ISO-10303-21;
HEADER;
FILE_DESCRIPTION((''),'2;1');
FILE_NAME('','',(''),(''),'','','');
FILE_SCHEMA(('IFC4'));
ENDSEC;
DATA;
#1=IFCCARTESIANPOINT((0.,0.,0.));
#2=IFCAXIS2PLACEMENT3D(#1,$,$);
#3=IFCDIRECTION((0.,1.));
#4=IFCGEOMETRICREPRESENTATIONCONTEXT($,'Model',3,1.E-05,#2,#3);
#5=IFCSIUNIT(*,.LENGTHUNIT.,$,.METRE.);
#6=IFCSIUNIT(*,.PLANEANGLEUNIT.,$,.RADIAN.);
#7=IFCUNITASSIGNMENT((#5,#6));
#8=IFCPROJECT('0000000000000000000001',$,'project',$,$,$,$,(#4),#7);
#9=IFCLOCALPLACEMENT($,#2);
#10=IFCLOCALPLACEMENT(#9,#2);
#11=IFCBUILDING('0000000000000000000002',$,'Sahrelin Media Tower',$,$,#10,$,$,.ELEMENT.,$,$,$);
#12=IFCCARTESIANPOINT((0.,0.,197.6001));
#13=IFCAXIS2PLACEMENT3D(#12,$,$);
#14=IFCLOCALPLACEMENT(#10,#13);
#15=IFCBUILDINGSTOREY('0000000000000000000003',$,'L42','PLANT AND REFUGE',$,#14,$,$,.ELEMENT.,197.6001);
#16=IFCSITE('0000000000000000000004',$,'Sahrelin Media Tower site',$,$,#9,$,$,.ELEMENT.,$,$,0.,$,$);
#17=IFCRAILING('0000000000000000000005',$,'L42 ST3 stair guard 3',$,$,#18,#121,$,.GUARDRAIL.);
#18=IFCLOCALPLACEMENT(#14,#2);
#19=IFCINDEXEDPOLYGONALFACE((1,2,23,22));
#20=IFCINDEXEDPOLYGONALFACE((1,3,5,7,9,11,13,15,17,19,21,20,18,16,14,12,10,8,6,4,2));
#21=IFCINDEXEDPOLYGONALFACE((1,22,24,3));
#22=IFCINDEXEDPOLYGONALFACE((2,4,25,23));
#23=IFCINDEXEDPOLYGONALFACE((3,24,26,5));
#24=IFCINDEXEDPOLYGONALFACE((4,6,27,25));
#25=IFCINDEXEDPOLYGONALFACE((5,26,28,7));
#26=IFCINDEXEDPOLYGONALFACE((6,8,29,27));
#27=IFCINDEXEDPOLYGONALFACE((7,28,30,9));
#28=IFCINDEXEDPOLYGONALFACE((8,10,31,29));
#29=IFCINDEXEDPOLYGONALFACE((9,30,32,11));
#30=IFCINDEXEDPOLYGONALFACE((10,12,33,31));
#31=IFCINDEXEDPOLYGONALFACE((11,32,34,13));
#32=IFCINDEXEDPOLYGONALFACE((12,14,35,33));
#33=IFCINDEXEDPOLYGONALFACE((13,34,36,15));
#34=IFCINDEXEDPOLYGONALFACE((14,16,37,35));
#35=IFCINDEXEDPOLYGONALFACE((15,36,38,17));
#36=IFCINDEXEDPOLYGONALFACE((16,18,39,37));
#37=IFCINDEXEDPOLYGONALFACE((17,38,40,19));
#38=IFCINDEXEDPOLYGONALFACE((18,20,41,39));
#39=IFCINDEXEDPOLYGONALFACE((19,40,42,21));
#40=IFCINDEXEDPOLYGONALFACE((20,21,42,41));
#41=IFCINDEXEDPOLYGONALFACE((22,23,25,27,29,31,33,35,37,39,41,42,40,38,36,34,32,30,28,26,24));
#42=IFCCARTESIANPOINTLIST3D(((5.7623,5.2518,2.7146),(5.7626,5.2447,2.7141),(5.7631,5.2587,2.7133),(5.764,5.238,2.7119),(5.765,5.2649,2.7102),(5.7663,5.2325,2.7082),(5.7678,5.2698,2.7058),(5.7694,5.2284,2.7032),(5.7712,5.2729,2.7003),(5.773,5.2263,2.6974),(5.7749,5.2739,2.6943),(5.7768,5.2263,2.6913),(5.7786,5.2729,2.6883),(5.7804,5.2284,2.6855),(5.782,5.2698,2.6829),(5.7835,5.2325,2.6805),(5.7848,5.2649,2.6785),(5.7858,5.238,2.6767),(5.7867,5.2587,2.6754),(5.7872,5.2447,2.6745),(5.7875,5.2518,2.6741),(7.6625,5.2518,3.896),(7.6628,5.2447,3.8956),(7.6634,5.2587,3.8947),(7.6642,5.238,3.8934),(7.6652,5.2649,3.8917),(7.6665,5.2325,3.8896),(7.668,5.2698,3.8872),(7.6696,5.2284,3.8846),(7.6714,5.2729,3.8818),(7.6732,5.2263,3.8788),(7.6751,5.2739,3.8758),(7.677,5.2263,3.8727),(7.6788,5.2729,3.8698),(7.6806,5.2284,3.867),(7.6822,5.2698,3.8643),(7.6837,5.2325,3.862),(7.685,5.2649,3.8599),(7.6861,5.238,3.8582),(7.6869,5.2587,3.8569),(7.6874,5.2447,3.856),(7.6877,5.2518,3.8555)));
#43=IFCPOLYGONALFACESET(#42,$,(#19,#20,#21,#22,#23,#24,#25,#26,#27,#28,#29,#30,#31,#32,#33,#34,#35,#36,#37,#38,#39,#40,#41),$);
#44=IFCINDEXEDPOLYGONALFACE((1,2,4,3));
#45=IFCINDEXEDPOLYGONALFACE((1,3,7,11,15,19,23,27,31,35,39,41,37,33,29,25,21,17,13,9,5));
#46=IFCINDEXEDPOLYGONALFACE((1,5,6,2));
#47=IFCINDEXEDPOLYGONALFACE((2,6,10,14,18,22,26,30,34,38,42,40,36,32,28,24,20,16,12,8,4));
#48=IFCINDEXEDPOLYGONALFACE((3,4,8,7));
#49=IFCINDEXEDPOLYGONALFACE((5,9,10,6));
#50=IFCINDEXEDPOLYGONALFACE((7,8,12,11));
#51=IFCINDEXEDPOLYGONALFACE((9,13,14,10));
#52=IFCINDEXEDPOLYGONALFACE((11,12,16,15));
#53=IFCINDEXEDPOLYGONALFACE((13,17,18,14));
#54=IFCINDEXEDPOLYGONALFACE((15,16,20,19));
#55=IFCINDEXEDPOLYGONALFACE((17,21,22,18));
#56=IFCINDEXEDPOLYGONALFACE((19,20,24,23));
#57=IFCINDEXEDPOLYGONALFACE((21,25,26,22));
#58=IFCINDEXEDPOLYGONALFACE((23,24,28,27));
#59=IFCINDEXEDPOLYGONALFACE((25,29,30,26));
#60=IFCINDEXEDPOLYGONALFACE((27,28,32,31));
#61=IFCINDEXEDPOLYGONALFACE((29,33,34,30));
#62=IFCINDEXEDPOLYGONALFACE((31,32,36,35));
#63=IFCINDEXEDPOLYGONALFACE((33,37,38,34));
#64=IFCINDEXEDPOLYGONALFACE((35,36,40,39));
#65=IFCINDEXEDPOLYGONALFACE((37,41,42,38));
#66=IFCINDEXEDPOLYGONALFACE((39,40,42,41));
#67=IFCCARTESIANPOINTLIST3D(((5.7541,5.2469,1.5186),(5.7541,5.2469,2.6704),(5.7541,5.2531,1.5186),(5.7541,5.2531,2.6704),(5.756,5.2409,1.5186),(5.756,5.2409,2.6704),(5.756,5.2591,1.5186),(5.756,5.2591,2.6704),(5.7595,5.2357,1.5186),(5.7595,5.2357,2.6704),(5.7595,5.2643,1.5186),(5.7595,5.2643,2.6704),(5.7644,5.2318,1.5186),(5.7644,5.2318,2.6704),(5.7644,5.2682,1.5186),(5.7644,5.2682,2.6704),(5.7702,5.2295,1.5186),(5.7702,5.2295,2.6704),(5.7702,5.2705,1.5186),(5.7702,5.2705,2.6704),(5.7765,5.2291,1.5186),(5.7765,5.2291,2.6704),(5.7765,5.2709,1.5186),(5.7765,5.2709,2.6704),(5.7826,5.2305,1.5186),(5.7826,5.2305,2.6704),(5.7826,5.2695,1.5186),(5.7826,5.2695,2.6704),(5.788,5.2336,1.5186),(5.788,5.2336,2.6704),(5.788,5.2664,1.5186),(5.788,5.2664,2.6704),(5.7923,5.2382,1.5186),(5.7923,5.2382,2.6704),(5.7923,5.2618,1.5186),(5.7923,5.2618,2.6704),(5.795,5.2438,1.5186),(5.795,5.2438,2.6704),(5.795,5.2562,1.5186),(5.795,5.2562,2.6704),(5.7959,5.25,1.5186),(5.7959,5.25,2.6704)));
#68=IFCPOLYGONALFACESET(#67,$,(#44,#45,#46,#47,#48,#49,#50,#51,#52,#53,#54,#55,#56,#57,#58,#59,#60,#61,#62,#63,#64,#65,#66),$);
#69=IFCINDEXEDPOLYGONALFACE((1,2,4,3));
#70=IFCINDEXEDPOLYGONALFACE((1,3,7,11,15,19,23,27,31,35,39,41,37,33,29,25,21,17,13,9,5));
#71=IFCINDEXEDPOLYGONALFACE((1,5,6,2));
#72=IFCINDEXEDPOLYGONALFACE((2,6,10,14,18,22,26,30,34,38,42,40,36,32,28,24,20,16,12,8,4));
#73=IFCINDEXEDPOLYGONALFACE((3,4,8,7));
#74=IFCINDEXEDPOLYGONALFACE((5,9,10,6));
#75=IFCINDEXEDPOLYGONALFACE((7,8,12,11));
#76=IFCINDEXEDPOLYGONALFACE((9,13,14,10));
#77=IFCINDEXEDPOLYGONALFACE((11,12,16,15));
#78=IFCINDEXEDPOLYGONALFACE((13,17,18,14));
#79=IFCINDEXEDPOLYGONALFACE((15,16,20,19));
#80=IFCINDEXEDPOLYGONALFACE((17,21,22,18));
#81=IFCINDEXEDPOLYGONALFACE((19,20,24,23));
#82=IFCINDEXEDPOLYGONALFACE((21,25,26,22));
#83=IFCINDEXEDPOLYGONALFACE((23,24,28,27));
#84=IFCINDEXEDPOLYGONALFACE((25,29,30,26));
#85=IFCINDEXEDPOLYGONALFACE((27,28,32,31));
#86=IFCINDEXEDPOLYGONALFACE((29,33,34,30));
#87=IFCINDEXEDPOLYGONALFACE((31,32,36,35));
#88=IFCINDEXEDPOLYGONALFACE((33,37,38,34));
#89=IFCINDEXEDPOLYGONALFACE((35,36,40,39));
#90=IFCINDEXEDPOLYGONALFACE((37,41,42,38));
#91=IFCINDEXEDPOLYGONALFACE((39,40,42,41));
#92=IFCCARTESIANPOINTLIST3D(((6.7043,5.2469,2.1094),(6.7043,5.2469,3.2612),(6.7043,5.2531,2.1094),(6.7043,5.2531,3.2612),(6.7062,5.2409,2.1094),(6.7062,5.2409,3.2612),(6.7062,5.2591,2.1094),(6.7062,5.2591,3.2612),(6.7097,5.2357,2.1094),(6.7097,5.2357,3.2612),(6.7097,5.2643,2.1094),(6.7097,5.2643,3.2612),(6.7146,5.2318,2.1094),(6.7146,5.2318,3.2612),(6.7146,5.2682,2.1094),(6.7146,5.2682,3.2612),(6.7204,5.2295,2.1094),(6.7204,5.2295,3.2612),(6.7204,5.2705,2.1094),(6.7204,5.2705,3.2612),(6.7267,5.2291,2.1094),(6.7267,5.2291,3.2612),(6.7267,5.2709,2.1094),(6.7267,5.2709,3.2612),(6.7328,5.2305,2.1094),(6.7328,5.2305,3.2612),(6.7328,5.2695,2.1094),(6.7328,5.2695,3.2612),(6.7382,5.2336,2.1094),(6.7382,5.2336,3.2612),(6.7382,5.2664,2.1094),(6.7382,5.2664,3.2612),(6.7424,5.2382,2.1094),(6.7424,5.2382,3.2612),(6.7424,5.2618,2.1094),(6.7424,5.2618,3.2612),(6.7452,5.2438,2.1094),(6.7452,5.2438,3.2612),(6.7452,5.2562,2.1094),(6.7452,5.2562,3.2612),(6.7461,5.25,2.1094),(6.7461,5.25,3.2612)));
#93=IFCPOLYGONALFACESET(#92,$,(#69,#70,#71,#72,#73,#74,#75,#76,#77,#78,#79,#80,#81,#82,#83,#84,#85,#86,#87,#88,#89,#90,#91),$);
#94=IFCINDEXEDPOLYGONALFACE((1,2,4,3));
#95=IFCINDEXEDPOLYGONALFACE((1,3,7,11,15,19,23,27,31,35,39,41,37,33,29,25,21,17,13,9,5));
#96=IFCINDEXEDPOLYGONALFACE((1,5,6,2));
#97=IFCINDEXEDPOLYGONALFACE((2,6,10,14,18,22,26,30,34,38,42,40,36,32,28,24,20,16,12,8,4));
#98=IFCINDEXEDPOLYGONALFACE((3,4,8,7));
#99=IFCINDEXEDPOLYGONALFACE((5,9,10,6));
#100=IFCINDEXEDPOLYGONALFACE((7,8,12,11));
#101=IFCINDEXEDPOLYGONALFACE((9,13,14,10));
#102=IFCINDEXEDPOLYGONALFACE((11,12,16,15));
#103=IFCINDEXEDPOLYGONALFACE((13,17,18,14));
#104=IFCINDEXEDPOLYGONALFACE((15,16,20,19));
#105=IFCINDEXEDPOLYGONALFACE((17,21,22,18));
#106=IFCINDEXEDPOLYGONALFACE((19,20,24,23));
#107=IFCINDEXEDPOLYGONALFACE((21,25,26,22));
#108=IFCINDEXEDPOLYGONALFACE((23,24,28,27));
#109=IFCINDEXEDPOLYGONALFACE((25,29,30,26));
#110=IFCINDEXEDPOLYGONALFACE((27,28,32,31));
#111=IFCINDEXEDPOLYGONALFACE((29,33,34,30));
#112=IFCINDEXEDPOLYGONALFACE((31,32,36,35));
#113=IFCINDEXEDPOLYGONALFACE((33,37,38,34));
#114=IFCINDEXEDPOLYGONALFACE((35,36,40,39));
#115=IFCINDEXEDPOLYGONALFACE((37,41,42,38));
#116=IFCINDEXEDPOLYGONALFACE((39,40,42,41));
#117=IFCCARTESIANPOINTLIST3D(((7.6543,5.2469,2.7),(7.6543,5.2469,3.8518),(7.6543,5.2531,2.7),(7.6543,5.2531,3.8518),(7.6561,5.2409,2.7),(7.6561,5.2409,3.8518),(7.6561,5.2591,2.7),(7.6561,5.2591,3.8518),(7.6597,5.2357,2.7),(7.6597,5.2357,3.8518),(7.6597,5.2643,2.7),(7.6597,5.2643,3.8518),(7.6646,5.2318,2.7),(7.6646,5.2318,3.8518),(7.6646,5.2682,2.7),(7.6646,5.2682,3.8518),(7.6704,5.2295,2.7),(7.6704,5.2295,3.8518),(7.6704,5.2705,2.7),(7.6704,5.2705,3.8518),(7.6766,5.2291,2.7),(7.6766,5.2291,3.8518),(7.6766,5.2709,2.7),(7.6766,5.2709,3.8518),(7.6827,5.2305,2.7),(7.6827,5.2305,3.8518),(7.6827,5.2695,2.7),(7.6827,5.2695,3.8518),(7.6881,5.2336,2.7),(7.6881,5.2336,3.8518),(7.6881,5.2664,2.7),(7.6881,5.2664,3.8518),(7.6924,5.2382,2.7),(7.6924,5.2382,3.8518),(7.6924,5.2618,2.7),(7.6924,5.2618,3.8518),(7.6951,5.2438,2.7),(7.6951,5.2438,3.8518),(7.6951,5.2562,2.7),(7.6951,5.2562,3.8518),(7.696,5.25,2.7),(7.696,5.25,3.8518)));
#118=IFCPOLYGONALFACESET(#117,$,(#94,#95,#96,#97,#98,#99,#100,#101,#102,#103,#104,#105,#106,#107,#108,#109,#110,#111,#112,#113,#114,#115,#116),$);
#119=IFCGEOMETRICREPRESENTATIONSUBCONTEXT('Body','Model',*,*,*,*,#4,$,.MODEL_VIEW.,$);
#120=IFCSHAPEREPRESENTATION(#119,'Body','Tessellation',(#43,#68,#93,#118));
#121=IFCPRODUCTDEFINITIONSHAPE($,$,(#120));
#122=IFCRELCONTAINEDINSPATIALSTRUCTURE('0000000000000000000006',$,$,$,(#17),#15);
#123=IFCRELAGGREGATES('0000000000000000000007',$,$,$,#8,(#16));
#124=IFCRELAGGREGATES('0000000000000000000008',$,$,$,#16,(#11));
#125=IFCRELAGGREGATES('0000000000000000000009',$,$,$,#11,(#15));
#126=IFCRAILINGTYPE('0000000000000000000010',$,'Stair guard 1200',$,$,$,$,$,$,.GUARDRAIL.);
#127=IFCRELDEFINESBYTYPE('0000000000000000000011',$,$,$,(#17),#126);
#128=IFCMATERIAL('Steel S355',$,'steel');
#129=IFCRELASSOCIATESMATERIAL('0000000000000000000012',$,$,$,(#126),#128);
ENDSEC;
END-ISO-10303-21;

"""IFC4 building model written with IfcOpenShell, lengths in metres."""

from ifc_helpers import new_model, si_unit, direction, frame, origin, origin_2d, place, context, subcontext, project, spatial, circle, extrude, material, type_object, element, save


model = new_model("IFC4")

# Units and contexts
model_context = context("Model", 3, precision=1e-05, world=origin(), true_north=direction((0.0, 1.0)))
body_context = subcontext(model_context, "Body", "Model", "MODEL_VIEW")
ifc_project = project(units=[si_unit("LENGTHUNIT", "METRE"), si_unit("PLANEANGLEUNIT", "RADIAN")], contexts=[model_context])

# Site, building, storey
site_placement = place(None, origin())
site = spatial("IfcSite", under=ifc_project, at=site_placement, Name="Sahrelin Media Tower site", CompositionType="ELEMENT", RefElevation=0.0)
building_placement = place(site_placement, origin())
building = spatial("IfcBuilding", under=site, at=building_placement, Name="Sahrelin Media Tower", CompositionType="ELEMENT")
storey_placement = place(building_placement, frame((0.0, 0.0, 197.6001)))
storey = spatial("IfcBuildingStorey", under=building, at=storey_placement, Name="L42", Description="PLANT AND REFUGE", CompositionType="ELEMENT", Elevation=197.6001)

# Railing
ifc_material_1 = material(Name="Steel S355", Category="steel")
railing_type_1 = type_object("IfcRailingType", Name="Stair guard 1200", PredefinedType="GUARDRAIL", material=ifc_material_1)
railing_1_placement = place(storey_placement, frame((5.7749, 5.25, 1.5186)))
element("IfcRailing", 1, at=railing_1_placement, inside=storey, type_object=railing_type_1, Name="L42 ST3 stair guard 3", PredefinedType="GUARDRAIL", context=body_context, shape_type="SweptSolid", body=[
    extrude(circle(Radius=0.0239, at=origin_2d()), frame((0.0, 0.0, 1.1758), z_axis=(0.84924, 0.0, 0.528006), x_axis=(0.0, 1.0, 0.0)), (0.0, 0.0, 1.0), 2.2375),
    extrude(circle(Radius=0.021, at=origin_2d()), origin(), (0.0, 0.0, 1.0), 1.1519),
    extrude(circle(Radius=0.021, at=origin_2d()), frame((0.9502, 0.0, 0.5908)), (0.0, 0.0, 1.0), 1.1519),
    extrude(circle(Radius=0.021, at=origin_2d()), frame((1.9001, 0.0, 1.1814)), (0.0, 0.0, 1.0), 1.1519),
])

save(model, "model.ifc")
